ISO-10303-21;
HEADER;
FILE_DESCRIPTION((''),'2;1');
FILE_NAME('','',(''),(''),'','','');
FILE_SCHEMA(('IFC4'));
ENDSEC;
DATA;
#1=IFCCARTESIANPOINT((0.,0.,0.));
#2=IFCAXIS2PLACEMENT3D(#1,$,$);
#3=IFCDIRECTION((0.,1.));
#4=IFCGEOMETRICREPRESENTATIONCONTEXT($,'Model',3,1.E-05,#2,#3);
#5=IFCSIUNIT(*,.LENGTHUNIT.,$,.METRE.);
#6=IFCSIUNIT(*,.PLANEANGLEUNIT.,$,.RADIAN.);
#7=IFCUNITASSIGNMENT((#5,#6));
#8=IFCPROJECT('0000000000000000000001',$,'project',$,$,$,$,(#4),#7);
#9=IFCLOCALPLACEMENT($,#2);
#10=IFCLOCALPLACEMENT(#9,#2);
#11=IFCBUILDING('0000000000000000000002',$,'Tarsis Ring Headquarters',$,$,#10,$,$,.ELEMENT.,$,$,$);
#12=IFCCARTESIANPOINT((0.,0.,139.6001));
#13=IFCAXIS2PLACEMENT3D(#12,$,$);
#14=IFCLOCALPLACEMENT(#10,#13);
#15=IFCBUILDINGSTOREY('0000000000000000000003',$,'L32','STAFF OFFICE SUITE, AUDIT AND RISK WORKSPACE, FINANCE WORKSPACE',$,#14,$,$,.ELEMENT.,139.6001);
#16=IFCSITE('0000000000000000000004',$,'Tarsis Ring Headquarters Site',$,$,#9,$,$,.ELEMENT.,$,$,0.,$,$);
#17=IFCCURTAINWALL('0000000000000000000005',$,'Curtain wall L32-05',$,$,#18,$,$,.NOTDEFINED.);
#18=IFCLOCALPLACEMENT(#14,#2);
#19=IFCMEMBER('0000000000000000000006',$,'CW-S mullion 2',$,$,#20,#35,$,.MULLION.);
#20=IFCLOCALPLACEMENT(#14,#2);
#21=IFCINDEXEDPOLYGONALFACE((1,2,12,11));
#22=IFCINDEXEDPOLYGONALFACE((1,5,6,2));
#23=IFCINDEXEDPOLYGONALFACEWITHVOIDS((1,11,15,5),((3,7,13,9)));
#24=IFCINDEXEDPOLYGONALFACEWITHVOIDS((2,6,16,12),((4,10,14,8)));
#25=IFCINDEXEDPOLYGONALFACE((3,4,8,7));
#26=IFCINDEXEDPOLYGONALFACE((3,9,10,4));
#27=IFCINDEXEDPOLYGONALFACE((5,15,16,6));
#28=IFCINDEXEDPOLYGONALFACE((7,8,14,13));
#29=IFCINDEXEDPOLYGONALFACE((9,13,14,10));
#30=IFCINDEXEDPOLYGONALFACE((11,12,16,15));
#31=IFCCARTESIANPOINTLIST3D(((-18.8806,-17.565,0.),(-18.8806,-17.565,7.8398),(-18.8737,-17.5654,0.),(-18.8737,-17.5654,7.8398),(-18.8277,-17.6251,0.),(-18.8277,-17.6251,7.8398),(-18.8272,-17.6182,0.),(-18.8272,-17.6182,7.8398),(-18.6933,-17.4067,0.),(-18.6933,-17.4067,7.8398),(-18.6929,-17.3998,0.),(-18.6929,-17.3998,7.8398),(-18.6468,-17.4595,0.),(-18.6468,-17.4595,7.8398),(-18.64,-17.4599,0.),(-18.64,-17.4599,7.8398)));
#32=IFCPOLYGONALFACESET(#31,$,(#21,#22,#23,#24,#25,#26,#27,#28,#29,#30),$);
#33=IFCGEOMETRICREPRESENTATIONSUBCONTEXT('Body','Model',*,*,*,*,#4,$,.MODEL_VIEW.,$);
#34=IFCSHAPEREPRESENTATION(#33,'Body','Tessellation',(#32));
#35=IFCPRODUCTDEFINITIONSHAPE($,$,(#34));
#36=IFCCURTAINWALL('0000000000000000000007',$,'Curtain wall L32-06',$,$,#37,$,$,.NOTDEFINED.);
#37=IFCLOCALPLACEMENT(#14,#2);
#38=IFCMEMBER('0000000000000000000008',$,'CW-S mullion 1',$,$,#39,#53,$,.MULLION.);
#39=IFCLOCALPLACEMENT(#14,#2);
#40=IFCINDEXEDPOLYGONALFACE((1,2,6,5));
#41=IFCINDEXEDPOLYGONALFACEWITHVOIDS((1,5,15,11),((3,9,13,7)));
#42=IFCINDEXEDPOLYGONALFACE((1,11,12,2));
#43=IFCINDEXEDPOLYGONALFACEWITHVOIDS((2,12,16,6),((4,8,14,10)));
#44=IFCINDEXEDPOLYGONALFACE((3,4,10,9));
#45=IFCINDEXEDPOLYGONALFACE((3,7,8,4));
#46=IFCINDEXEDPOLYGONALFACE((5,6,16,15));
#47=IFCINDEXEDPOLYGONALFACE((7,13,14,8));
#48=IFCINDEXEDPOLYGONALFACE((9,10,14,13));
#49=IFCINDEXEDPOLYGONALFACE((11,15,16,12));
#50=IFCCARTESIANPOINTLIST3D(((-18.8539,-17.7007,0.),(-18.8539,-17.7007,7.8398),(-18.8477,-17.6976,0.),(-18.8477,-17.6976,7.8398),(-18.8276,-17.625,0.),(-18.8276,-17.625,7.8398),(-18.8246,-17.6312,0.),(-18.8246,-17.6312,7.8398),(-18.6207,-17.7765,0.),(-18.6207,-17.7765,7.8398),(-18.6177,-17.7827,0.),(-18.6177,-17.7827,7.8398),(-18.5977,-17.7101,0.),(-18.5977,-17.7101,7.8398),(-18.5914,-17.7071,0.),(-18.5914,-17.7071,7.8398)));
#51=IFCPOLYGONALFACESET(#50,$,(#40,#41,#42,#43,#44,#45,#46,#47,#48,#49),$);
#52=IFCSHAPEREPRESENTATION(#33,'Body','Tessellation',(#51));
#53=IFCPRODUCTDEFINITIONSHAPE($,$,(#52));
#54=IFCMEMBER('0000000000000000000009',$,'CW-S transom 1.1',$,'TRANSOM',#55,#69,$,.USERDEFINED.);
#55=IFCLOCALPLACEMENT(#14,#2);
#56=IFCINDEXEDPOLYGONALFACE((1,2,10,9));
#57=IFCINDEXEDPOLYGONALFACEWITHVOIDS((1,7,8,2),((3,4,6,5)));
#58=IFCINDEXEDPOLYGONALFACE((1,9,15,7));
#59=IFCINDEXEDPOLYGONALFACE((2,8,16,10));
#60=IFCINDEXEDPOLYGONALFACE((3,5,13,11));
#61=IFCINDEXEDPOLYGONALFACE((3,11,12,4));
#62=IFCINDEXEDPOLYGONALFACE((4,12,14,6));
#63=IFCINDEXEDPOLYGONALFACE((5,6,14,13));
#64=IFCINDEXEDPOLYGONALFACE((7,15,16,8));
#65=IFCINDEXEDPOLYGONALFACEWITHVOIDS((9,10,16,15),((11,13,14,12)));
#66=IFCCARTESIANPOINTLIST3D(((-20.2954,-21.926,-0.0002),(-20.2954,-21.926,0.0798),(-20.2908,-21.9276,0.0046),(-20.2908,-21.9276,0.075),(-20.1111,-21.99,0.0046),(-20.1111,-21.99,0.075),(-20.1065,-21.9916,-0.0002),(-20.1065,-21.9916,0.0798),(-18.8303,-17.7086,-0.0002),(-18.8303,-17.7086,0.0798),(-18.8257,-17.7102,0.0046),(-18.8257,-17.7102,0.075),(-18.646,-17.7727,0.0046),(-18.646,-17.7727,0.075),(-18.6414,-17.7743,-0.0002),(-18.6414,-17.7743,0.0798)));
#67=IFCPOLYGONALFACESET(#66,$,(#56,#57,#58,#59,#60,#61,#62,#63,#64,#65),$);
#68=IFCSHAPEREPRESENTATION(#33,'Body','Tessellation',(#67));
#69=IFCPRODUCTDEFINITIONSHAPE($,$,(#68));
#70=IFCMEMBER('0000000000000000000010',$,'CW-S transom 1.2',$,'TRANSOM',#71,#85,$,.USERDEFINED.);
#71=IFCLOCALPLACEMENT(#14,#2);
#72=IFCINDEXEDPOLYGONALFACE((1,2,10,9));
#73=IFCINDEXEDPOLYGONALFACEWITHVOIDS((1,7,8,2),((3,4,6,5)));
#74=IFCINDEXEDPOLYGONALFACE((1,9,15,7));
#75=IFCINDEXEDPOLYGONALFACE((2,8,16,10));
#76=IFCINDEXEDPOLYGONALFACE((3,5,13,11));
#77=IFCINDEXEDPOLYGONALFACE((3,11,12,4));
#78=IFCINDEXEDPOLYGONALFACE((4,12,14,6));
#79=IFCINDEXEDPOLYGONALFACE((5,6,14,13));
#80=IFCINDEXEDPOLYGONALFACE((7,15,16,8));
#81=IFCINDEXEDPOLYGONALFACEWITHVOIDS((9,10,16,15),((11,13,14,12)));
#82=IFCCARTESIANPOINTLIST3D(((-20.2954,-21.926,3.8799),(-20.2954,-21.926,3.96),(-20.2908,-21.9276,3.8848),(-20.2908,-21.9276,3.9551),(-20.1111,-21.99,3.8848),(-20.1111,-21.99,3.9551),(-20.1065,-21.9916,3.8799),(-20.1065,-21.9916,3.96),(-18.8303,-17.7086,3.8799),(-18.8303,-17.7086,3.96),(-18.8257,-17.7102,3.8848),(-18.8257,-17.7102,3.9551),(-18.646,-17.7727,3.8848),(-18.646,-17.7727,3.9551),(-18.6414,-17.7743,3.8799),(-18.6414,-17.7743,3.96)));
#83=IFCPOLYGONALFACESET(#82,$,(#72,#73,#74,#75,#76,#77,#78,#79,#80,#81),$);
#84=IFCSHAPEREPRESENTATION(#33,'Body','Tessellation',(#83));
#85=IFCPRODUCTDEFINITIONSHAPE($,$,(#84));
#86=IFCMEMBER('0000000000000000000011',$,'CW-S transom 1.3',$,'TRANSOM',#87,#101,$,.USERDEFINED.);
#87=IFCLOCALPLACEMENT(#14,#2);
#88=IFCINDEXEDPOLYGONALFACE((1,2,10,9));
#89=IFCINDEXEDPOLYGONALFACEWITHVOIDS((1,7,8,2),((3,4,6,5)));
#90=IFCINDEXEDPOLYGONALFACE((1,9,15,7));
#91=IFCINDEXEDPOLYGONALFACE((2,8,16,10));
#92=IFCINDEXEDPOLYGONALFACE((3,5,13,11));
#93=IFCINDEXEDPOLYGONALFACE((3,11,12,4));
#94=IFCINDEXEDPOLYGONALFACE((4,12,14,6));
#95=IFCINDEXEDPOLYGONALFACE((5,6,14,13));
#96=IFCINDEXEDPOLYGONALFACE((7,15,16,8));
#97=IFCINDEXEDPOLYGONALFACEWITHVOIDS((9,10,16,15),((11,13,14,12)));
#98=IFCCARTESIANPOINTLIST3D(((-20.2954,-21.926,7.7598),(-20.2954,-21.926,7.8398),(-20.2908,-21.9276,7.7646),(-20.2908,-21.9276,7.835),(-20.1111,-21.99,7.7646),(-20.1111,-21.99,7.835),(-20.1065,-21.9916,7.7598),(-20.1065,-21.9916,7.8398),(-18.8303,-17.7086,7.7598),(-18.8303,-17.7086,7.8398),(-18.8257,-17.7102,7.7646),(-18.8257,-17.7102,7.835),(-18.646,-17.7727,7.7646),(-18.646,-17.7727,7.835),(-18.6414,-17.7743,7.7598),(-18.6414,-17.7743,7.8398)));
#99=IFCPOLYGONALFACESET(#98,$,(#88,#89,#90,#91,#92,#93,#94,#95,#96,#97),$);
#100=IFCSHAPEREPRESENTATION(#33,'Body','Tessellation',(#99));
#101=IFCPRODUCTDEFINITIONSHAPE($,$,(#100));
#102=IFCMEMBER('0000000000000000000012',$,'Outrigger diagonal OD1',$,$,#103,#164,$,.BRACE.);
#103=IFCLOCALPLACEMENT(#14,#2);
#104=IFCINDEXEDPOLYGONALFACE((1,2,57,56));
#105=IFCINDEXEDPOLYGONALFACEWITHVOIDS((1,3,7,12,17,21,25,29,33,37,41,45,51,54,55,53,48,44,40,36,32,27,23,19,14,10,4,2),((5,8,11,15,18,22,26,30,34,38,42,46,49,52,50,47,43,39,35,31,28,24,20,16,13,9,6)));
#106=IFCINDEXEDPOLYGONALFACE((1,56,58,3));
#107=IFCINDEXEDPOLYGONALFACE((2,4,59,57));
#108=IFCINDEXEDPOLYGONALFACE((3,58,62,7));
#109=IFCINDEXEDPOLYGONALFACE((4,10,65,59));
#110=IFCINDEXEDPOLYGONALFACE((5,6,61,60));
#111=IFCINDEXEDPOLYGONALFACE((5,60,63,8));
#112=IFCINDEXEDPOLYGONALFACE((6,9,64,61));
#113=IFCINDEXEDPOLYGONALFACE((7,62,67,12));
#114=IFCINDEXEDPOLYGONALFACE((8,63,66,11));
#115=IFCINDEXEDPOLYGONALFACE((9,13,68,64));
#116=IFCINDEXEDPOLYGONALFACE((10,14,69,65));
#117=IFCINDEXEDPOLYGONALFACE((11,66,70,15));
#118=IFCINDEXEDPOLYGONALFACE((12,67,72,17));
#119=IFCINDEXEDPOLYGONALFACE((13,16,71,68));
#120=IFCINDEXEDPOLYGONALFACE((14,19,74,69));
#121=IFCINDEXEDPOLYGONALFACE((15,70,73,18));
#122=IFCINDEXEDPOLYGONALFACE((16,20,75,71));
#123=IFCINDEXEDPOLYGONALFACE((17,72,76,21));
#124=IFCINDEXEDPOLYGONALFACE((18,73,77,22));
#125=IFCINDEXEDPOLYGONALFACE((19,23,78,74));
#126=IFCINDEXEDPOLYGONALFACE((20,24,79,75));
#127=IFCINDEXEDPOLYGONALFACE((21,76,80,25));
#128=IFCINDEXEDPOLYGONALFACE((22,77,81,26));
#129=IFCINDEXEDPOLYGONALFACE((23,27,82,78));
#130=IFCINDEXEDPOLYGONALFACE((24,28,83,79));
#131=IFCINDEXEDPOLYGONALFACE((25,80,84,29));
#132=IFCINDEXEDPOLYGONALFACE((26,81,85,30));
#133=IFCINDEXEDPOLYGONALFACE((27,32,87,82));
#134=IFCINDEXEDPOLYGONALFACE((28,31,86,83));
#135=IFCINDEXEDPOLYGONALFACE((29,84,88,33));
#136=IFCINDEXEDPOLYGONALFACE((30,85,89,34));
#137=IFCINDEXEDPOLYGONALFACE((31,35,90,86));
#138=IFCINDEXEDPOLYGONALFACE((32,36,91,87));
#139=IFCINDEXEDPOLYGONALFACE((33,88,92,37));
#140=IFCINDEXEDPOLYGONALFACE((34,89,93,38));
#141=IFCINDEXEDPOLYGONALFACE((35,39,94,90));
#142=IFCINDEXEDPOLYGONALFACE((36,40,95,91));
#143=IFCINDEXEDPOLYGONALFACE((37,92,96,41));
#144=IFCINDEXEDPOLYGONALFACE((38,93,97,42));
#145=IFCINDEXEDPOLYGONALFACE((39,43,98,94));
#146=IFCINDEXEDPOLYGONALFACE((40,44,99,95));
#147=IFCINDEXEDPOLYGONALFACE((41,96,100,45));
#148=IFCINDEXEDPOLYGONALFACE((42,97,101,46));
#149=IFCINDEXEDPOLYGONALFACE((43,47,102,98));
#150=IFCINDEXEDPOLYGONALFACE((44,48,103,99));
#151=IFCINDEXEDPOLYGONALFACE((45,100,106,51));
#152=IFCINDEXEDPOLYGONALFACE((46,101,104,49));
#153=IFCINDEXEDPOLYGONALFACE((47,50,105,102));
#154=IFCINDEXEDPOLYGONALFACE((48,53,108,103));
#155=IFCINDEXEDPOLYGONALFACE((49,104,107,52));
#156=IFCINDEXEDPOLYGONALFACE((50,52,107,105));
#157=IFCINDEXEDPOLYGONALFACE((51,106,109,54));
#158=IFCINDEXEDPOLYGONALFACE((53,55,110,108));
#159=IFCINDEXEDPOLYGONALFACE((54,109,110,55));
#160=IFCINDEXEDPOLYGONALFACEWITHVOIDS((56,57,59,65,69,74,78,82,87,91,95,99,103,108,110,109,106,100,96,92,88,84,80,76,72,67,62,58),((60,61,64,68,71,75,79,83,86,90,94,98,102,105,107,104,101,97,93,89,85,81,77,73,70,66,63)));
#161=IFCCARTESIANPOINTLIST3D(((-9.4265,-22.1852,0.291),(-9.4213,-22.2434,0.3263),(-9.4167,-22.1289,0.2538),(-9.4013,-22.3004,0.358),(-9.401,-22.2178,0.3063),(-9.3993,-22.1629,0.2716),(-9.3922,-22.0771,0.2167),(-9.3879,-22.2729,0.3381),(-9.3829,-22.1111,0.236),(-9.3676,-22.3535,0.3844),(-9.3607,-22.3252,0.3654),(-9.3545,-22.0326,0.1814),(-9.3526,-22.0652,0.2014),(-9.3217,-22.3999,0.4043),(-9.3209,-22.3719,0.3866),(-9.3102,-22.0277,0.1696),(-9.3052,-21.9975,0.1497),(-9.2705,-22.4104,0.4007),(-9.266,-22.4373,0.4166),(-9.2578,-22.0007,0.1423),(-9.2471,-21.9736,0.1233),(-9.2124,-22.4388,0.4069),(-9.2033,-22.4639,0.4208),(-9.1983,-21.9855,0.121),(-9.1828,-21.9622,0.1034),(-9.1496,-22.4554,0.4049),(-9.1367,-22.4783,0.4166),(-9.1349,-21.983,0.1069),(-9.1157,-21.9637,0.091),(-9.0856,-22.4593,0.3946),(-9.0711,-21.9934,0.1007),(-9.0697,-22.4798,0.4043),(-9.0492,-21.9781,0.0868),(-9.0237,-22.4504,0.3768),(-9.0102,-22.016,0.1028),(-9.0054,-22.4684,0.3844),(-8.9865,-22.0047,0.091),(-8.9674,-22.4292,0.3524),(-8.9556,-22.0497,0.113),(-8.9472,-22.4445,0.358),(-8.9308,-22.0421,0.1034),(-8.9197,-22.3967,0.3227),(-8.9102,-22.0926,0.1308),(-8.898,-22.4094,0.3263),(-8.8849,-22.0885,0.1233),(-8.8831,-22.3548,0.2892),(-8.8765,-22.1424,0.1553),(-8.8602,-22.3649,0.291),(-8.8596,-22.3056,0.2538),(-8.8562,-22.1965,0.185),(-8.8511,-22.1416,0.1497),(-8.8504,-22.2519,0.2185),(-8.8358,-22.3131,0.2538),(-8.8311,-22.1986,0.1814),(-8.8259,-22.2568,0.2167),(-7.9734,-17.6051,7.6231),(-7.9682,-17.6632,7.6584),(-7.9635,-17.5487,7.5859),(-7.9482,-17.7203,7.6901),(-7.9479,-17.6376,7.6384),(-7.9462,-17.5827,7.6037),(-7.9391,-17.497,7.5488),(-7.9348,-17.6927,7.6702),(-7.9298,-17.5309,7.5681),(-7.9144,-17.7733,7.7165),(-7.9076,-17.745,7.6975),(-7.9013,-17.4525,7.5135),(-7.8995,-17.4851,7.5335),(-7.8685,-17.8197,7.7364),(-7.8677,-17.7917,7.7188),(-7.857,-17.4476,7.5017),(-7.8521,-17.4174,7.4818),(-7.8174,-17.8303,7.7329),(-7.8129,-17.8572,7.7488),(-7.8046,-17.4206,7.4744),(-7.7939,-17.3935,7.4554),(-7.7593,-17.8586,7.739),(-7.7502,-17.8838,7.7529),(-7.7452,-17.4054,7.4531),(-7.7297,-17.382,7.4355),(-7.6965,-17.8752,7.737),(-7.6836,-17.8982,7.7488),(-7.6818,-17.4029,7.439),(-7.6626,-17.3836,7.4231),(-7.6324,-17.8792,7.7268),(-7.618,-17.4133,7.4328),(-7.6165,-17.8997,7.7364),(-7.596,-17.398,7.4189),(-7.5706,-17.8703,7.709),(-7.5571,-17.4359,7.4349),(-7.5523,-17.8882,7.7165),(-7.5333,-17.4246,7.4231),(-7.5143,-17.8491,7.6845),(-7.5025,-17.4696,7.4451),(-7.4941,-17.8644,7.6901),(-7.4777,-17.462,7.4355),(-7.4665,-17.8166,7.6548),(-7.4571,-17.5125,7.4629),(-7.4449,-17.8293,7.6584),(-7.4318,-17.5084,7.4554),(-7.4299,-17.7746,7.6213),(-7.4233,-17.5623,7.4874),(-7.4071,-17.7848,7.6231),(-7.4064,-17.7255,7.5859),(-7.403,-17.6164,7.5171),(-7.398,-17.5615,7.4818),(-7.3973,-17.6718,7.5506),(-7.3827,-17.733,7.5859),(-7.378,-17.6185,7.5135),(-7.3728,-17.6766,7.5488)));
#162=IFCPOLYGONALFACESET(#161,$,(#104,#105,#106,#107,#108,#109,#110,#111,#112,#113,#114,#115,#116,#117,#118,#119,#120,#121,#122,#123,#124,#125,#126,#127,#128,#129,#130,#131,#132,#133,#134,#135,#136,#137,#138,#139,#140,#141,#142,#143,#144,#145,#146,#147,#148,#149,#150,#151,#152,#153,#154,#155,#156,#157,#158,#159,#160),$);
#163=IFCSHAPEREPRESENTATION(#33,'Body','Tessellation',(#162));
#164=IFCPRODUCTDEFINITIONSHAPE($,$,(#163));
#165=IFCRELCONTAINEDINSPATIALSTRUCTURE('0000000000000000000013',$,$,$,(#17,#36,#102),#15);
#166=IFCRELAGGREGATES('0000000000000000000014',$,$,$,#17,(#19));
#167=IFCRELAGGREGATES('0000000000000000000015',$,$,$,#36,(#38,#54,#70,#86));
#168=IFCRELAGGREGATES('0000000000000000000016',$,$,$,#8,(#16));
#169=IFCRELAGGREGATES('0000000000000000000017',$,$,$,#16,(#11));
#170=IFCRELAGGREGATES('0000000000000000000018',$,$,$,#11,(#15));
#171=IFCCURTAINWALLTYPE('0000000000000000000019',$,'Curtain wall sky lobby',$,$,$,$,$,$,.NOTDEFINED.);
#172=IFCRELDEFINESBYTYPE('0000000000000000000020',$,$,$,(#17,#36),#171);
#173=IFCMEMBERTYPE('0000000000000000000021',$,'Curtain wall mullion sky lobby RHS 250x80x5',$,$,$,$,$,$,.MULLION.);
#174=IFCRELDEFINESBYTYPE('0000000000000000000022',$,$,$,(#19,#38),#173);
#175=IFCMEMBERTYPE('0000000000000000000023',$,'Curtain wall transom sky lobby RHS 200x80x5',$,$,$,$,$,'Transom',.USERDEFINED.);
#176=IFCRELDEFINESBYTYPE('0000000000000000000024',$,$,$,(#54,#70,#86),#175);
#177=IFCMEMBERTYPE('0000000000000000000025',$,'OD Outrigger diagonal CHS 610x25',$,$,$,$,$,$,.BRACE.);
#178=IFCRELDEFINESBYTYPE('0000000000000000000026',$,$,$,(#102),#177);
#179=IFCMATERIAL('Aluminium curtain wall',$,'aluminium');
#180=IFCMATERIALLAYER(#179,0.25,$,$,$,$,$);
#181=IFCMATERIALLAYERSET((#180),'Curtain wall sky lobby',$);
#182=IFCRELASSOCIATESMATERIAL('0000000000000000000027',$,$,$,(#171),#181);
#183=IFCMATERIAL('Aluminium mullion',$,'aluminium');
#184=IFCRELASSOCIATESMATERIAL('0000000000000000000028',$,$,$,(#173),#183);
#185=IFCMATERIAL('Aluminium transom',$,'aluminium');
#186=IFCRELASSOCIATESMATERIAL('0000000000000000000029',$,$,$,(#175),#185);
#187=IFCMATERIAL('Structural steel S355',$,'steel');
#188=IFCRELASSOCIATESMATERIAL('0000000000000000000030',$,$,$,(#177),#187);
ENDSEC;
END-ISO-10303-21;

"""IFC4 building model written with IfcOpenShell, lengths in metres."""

from ifc_helpers import new_model, si_unit, direction, frame, origin, origin_2d, place, context, subcontext, project, spatial, hollow_rectangle, hollow_circle, extrude, material, layer, layer_set, material_profile, profile_set, type_object, element, aggregate, save


model = new_model("IFC4")

# Units and contexts
model_context = context("Model", 3, precision=1e-05, world=origin(), true_north=direction((0.0, 1.0)))
body_context = subcontext(model_context, "Body", "Model", "MODEL_VIEW")
ifc_project = project(units=[si_unit("LENGTHUNIT", "METRE"), si_unit("PLANEANGLEUNIT", "RADIAN")], contexts=[model_context])

# Site, building, storey
site_placement = place(None, origin())
site = spatial("IfcSite", under=ifc_project, at=site_placement, Name="Tarsis Ring Headquarters Site", CompositionType="ELEMENT", RefElevation=0.0)
building_placement = place(site_placement, origin())
building = spatial("IfcBuilding", under=site, at=building_placement, Name="Tarsis Ring Headquarters", CompositionType="ELEMENT")
storey_placement = place(building_placement, frame((0.0, 0.0, 139.6001)))
storey = spatial("IfcBuildingStorey", under=building, at=storey_placement, Name="L32", Description="STAFF OFFICE SUITE, AUDIT AND RISK WORKSPACE, FINANCE WORKSPACE", CompositionType="ELEMENT", Elevation=139.6001)

# Curtain wall, member
ifc_material_1 = material(Name="Aluminium curtain wall", Category="aluminium")
ifc_layer_1 = layer(ifc_material_1, 0.25)
ifc_layer_set_1 = layer_set([ifc_layer_1], Name="Curtain wall sky lobby")
curtain_wall_type = type_object("IfcCurtainWallType", Name="Curtain wall sky lobby", PredefinedType="NOTDEFINED", material=ifc_layer_set_1)
curtain_wall_1_placement = place(storey_placement, origin())
curtain_wall_1 = element("IfcCurtainWall", 1, at=curtain_wall_1_placement, inside=storey, type_object=curtain_wall_type, Name="Curtain wall L32-05", PredefinedType="NOTDEFINED")
ifc_material_2 = material(Name="Aluminium mullion", Category="aluminium")
ifc_material_profile_1 = material_profile(ifc_material_2, hollow_rectangle(XDim=0.25, YDim=0.0801, WallThickness=0.0049, at=origin_2d()), Name="RHS 250x80x5")
ifc_profile_set_1 = profile_set([ifc_material_profile_1], Name="Aluminium mullion")
member_type_1 = type_object("IfcMemberType", Name="Curtain wall mullion sky lobby RHS 250x80x5", PredefinedType="MULLION", material=ifc_profile_set_1)
member_1_placement = place(storey_placement, frame((-18.7603, -17.5125, 0.0), z_axis=(0.0, 0.0, 1.0), x_axis=(0.750803, 0.660526, 0.0)))
member_1 = element("IfcMember", 2, at=member_1_placement, type_object=member_type_1, Name="CW-S mullion 2", PredefinedType="MULLION", context=body_context, shape_type="SweptSolid", body=[
    extrude(hollow_rectangle(XDim=0.25, YDim=0.0801, WallThickness=0.0049, at=origin_2d()), origin(), (0.0, 0.0, 1.0), 7.8398),
])
aggregate(curtain_wall_1, [member_1])

# Curtain wall, members
curtain_wall_2_placement = place(storey_placement, origin())
curtain_wall_2 = element("IfcCurtainWall", 3, at=curtain_wall_2_placement, inside=storey, type_object=curtain_wall_type, Name="Curtain wall L32-06", PredefinedType="NOTDEFINED")
member_2_placement = place(storey_placement, frame((-18.7227, -17.7039, 0.0), z_axis=(0.0, 0.0, 1.0), x_axis=(0.944606, -0.328207, 0.0)))
member_2 = element("IfcMember", 4, at=member_2_placement, type_object=member_type_1, Name="CW-S mullion 1", PredefinedType="MULLION", context=body_context, shape_type="SweptSolid", body=[
    extrude(hollow_rectangle(XDim=0.25, YDim=0.0801, WallThickness=0.0049, at=origin_2d()), origin(), (0.0, 0.0, 1.0), 7.8398),
])
ifc_material_3 = material(Name="Aluminium transom", Category="aluminium")
ifc_material_profile_2 = material_profile(ifc_material_3, hollow_rectangle(XDim=0.2, YDim=0.0801, WallThickness=0.0049, at=origin_2d()), Name="RHS 200x80x5")
ifc_profile_set_2 = profile_set([ifc_material_profile_2], Name="Aluminium transom")
member_type_2 = type_object("IfcMemberType", Name="Curtain wall transom sky lobby RHS 200x80x5", ElementType="Transom", PredefinedType="USERDEFINED", material=ifc_profile_set_2)
member_3_placement = place(storey_placement, frame((-18.7358, -17.7415, 0.0398), z_axis=(-0.328162, -0.944621, 0.0), x_axis=(0.944621, -0.328162, 0.0)))
member_3 = element("IfcMember", 5, at=member_3_placement, type_object=member_type_2, Name="CW-S transom 1.1", ObjectType="TRANSOM", PredefinedType="USERDEFINED", context=body_context, shape_type="SweptSolid", body=[
    extrude(hollow_rectangle(XDim=0.2, YDim=0.0801, WallThickness=0.0049, at=origin_2d()), origin(), (0.0, 0.0, 1.0), 4.4646),
])
member_4_placement = place(storey_placement, frame((-18.7358, -17.7415, 3.9199), z_axis=(-0.328162, -0.944621, 0.0), x_axis=(0.944621, -0.328162, 0.0)))
member_4 = element("IfcMember", 6, at=member_4_placement, type_object=member_type_2, Name="CW-S transom 1.2", ObjectType="TRANSOM", PredefinedType="USERDEFINED", context=body_context, shape_type="SweptSolid", body=[
    extrude(hollow_rectangle(XDim=0.2, YDim=0.0801, WallThickness=0.0049, at=origin_2d()), origin(), (0.0, 0.0, 1.0), 4.4646),
])
member_5_placement = place(storey_placement, frame((-18.7358, -17.7415, 7.7998), z_axis=(-0.328162, -0.944621, 0.0), x_axis=(0.944621, -0.328162, 0.0)))
member_5 = element("IfcMember", 7, at=member_5_placement, type_object=member_type_2, Name="CW-S transom 1.3", ObjectType="TRANSOM", PredefinedType="USERDEFINED", context=body_context, shape_type="SweptSolid", body=[
    extrude(hollow_rectangle(XDim=0.2, YDim=0.0801, WallThickness=0.0049, at=origin_2d()), origin(), (0.0, 0.0, 1.0), 4.4646),
])

# Member
ifc_material_4 = material(Name="Structural steel S355", Category="steel")
ifc_material_profile_3 = material_profile(ifc_material_4, hollow_circle(Radius=0.3047, WallThickness=0.0249, at=origin_2d()), Name="CHS 610x25")
ifc_profile_set_3 = profile_set([ifc_material_profile_3], Name="Structural steel S355")
member_type_3 = type_object("IfcMemberType", Name="OD Outrigger diagonal CHS 610x25", PredefinedType="BRACE", material=ifc_profile_set_3)
member_6_placement = place(storey_placement, frame((-7.6731, -17.6409, 7.5859), z_axis=(-0.165763, -0.522466, -0.836392), x_axis=(0.953176, -0.302415, 0.0)))
element("IfcMember", 8, at=member_6_placement, inside=storey, type_object=member_type_3, Name="Outrigger diagonal OD1", PredefinedType="BRACE", context=body_context, shape_type="SweptSolid", body=[
    extrude(hollow_circle(Radius=0.3047, WallThickness=0.0249, at=origin_2d()), origin(), (0.0, 0.0, 1.0), 8.7664),
])

aggregate(curtain_wall_2, [member_2, member_3, member_4, member_5])

save(model, "model.ifc")
